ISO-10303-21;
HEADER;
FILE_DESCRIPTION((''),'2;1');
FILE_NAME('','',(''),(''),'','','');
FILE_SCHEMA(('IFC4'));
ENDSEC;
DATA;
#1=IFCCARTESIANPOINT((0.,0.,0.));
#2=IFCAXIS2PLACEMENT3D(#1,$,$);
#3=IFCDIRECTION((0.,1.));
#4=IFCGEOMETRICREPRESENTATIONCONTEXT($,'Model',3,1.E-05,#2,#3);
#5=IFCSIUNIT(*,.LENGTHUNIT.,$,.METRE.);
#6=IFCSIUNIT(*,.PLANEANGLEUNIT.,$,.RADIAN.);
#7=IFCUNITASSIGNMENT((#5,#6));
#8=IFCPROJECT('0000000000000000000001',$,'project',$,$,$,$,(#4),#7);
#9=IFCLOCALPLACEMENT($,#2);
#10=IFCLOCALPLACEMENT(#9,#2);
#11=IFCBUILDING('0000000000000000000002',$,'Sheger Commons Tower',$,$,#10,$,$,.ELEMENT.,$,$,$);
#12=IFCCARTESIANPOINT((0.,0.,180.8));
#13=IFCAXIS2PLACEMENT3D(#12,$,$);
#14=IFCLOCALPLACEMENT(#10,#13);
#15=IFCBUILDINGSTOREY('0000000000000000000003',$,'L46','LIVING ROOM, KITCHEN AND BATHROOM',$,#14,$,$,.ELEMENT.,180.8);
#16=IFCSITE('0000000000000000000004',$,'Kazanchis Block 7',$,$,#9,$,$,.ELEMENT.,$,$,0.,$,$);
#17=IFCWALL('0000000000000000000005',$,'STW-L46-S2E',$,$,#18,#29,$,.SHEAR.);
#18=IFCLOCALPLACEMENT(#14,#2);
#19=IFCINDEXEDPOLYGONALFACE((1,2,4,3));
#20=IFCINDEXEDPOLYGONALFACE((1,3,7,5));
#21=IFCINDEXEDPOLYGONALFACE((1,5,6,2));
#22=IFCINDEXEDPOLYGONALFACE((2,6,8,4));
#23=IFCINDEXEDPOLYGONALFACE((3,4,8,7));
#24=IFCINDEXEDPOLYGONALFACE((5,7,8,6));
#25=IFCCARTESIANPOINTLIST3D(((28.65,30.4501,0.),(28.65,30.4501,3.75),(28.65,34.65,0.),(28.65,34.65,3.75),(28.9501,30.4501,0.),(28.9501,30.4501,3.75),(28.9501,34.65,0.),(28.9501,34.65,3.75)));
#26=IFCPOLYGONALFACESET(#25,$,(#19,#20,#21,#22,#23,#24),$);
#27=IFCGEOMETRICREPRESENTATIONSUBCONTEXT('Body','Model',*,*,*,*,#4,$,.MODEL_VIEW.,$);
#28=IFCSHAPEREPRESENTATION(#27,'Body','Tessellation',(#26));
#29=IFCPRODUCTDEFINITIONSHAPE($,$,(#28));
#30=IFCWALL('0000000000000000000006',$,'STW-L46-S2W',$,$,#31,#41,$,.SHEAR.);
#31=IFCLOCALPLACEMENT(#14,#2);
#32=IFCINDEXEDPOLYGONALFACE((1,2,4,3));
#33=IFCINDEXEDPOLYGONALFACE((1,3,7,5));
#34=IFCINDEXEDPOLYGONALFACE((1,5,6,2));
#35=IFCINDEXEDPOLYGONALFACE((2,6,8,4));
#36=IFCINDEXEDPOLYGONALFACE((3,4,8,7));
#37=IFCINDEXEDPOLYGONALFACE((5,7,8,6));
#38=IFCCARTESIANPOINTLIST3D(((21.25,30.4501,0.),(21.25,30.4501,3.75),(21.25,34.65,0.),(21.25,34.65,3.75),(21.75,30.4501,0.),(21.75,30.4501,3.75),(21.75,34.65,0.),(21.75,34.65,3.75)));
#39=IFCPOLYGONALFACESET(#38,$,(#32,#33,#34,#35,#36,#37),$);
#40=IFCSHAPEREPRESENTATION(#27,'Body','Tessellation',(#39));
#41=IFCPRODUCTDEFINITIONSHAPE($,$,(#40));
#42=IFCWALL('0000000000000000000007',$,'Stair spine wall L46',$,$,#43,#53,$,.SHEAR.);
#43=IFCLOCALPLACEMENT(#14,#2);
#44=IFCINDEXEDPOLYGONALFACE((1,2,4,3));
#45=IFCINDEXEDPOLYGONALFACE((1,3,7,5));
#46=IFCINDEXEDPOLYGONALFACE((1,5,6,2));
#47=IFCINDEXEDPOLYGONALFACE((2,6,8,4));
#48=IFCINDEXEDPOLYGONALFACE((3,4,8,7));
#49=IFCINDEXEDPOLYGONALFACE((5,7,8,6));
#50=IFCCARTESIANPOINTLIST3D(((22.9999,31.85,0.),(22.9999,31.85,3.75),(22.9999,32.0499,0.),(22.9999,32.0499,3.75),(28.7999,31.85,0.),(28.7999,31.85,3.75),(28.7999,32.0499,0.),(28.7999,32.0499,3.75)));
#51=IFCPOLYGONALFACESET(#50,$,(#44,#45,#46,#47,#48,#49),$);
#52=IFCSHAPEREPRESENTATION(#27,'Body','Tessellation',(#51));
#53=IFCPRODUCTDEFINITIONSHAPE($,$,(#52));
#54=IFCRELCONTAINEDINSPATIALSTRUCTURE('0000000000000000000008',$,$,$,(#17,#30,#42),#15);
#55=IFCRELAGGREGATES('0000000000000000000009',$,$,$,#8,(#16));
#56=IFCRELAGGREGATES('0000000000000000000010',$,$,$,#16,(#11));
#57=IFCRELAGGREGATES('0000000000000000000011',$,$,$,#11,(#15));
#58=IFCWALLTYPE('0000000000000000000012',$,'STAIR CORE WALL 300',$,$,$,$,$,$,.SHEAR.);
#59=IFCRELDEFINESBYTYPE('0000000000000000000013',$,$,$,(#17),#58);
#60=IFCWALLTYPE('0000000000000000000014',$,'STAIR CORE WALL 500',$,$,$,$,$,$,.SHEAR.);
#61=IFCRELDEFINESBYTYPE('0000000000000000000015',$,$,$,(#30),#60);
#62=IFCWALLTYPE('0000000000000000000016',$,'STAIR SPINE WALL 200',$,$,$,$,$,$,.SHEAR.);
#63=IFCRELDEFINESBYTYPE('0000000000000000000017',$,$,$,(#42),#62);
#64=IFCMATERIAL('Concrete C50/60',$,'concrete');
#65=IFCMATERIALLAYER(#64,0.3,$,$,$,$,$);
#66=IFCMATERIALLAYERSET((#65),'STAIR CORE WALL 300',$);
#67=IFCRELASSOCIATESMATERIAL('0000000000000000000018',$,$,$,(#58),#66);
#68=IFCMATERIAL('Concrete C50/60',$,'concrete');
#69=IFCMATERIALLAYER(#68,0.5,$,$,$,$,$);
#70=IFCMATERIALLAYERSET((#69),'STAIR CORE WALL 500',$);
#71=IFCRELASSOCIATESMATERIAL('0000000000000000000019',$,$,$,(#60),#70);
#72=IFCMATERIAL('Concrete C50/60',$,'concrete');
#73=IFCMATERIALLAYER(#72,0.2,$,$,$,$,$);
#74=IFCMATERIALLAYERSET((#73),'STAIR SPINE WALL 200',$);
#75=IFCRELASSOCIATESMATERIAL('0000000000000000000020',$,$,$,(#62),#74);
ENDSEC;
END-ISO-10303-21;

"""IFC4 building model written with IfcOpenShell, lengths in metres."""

from ifc_helpers import new_model, si_unit, direction, frame, frame_2d, origin, place, context, subcontext, project, spatial, rectangle, extrude, material, layer, layer_set, type_object, element, save


model = new_model("IFC4")

# Units and contexts
model_context = context("Model", 3, precision=1e-05, world=origin(), true_north=direction((0.0, 1.0)))
body_context = subcontext(model_context, "Body", "Model", "MODEL_VIEW")
ifc_project = project(units=[si_unit("LENGTHUNIT", "METRE"), si_unit("PLANEANGLEUNIT", "RADIAN")], contexts=[model_context])

# Site, building, storey
site_placement = place(None, origin())
site = spatial("IfcSite", under=ifc_project, at=site_placement, Name="Kazanchis Block 7", CompositionType="ELEMENT", RefElevation=0.0)
building_placement = place(site_placement, origin())
building = spatial("IfcBuilding", under=site, at=building_placement, Name="Sheger Commons Tower", CompositionType="ELEMENT")
storey_placement = place(building_placement, frame((0.0, 0.0, 180.8)))
storey = spatial("IfcBuildingStorey", under=building, at=storey_placement, Name="L46", Description="LIVING ROOM, KITCHEN AND BATHROOM", CompositionType="ELEMENT", Elevation=180.8)

# Shared definitions
ifc_material_1 = material(Name="Concrete C50/60", Category="concrete")
ifc_layer_1 = layer(ifc_material_1, 0.3)
ifc_layer_set_1 = layer_set([ifc_layer_1], Name="STAIR CORE WALL 300")
wall_type_1 = type_object("IfcWallType", Name="STAIR CORE WALL 300", PredefinedType="SHEAR", material=ifc_layer_set_1)

# Walls
wall_1_placement = place(storey_placement, frame((28.8, 30.45, 0.0), z_axis=(0.0, 0.0, 1.0), x_axis=(0.0, 1.0, 0.0)))
element("IfcWall", 1, at=wall_1_placement, inside=storey, type_object=wall_type_1, Name="STW-L46-S2E", PredefinedType="SHEAR", context=body_context, shape_type="SweptSolid", body=[
    extrude(rectangle(XDim=4.2, YDim=0.3, at=frame_2d((2.1001, 0.0))), origin(), (0.0, 0.0, 1.0), 3.75),
])
ifc_material_2 = material(Name="Concrete C50/60", Category="concrete")
ifc_layer_2 = layer(ifc_material_2, 0.5)
ifc_layer_set_2 = layer_set([ifc_layer_2], Name="STAIR CORE WALL 500")
wall_type_2 = type_object("IfcWallType", Name="STAIR CORE WALL 500", PredefinedType="SHEAR", material=ifc_layer_set_2)
wall_2_placement = place(storey_placement, frame((21.5, 30.45, 0.0), z_axis=(0.0, 0.0, 1.0), x_axis=(0.0, 1.0, 0.0)))
element("IfcWall", 2, at=wall_2_placement, inside=storey, type_object=wall_type_2, Name="STW-L46-S2W", PredefinedType="SHEAR", context=body_context, shape_type="SweptSolid", body=[
    extrude(rectangle(XDim=4.2, YDim=0.5, at=frame_2d((2.1001, 0.0))), origin(), (0.0, 0.0, 1.0), 3.75),
])
ifc_material_3 = material(Name="Concrete C50/60", Category="concrete")
ifc_layer_3 = layer(ifc_material_3, 0.2)
ifc_layer_set_3 = layer_set([ifc_layer_3], Name="STAIR SPINE WALL 200")
wall_type_3 = type_object("IfcWallType", Name="STAIR SPINE WALL 200", PredefinedType="SHEAR", material=ifc_layer_set_3)
wall_3_placement = place(storey_placement, frame((23.0, 31.95, 0.0), z_axis=(0.0, 0.0, 1.0), x_axis=(1.0, 0.0, 0.0)))
element("IfcWall", 3, at=wall_3_placement, inside=storey, type_object=wall_type_3, Name="Stair spine wall L46", PredefinedType="SHEAR", context=body_context, shape_type="SweptSolid", body=[
    extrude(rectangle(XDim=5.8, YDim=0.2, at=frame_2d((2.8999, 0.0))), origin(), (0.0, 0.0, 1.0), 3.75),
])

save(model, "model.ifc")
